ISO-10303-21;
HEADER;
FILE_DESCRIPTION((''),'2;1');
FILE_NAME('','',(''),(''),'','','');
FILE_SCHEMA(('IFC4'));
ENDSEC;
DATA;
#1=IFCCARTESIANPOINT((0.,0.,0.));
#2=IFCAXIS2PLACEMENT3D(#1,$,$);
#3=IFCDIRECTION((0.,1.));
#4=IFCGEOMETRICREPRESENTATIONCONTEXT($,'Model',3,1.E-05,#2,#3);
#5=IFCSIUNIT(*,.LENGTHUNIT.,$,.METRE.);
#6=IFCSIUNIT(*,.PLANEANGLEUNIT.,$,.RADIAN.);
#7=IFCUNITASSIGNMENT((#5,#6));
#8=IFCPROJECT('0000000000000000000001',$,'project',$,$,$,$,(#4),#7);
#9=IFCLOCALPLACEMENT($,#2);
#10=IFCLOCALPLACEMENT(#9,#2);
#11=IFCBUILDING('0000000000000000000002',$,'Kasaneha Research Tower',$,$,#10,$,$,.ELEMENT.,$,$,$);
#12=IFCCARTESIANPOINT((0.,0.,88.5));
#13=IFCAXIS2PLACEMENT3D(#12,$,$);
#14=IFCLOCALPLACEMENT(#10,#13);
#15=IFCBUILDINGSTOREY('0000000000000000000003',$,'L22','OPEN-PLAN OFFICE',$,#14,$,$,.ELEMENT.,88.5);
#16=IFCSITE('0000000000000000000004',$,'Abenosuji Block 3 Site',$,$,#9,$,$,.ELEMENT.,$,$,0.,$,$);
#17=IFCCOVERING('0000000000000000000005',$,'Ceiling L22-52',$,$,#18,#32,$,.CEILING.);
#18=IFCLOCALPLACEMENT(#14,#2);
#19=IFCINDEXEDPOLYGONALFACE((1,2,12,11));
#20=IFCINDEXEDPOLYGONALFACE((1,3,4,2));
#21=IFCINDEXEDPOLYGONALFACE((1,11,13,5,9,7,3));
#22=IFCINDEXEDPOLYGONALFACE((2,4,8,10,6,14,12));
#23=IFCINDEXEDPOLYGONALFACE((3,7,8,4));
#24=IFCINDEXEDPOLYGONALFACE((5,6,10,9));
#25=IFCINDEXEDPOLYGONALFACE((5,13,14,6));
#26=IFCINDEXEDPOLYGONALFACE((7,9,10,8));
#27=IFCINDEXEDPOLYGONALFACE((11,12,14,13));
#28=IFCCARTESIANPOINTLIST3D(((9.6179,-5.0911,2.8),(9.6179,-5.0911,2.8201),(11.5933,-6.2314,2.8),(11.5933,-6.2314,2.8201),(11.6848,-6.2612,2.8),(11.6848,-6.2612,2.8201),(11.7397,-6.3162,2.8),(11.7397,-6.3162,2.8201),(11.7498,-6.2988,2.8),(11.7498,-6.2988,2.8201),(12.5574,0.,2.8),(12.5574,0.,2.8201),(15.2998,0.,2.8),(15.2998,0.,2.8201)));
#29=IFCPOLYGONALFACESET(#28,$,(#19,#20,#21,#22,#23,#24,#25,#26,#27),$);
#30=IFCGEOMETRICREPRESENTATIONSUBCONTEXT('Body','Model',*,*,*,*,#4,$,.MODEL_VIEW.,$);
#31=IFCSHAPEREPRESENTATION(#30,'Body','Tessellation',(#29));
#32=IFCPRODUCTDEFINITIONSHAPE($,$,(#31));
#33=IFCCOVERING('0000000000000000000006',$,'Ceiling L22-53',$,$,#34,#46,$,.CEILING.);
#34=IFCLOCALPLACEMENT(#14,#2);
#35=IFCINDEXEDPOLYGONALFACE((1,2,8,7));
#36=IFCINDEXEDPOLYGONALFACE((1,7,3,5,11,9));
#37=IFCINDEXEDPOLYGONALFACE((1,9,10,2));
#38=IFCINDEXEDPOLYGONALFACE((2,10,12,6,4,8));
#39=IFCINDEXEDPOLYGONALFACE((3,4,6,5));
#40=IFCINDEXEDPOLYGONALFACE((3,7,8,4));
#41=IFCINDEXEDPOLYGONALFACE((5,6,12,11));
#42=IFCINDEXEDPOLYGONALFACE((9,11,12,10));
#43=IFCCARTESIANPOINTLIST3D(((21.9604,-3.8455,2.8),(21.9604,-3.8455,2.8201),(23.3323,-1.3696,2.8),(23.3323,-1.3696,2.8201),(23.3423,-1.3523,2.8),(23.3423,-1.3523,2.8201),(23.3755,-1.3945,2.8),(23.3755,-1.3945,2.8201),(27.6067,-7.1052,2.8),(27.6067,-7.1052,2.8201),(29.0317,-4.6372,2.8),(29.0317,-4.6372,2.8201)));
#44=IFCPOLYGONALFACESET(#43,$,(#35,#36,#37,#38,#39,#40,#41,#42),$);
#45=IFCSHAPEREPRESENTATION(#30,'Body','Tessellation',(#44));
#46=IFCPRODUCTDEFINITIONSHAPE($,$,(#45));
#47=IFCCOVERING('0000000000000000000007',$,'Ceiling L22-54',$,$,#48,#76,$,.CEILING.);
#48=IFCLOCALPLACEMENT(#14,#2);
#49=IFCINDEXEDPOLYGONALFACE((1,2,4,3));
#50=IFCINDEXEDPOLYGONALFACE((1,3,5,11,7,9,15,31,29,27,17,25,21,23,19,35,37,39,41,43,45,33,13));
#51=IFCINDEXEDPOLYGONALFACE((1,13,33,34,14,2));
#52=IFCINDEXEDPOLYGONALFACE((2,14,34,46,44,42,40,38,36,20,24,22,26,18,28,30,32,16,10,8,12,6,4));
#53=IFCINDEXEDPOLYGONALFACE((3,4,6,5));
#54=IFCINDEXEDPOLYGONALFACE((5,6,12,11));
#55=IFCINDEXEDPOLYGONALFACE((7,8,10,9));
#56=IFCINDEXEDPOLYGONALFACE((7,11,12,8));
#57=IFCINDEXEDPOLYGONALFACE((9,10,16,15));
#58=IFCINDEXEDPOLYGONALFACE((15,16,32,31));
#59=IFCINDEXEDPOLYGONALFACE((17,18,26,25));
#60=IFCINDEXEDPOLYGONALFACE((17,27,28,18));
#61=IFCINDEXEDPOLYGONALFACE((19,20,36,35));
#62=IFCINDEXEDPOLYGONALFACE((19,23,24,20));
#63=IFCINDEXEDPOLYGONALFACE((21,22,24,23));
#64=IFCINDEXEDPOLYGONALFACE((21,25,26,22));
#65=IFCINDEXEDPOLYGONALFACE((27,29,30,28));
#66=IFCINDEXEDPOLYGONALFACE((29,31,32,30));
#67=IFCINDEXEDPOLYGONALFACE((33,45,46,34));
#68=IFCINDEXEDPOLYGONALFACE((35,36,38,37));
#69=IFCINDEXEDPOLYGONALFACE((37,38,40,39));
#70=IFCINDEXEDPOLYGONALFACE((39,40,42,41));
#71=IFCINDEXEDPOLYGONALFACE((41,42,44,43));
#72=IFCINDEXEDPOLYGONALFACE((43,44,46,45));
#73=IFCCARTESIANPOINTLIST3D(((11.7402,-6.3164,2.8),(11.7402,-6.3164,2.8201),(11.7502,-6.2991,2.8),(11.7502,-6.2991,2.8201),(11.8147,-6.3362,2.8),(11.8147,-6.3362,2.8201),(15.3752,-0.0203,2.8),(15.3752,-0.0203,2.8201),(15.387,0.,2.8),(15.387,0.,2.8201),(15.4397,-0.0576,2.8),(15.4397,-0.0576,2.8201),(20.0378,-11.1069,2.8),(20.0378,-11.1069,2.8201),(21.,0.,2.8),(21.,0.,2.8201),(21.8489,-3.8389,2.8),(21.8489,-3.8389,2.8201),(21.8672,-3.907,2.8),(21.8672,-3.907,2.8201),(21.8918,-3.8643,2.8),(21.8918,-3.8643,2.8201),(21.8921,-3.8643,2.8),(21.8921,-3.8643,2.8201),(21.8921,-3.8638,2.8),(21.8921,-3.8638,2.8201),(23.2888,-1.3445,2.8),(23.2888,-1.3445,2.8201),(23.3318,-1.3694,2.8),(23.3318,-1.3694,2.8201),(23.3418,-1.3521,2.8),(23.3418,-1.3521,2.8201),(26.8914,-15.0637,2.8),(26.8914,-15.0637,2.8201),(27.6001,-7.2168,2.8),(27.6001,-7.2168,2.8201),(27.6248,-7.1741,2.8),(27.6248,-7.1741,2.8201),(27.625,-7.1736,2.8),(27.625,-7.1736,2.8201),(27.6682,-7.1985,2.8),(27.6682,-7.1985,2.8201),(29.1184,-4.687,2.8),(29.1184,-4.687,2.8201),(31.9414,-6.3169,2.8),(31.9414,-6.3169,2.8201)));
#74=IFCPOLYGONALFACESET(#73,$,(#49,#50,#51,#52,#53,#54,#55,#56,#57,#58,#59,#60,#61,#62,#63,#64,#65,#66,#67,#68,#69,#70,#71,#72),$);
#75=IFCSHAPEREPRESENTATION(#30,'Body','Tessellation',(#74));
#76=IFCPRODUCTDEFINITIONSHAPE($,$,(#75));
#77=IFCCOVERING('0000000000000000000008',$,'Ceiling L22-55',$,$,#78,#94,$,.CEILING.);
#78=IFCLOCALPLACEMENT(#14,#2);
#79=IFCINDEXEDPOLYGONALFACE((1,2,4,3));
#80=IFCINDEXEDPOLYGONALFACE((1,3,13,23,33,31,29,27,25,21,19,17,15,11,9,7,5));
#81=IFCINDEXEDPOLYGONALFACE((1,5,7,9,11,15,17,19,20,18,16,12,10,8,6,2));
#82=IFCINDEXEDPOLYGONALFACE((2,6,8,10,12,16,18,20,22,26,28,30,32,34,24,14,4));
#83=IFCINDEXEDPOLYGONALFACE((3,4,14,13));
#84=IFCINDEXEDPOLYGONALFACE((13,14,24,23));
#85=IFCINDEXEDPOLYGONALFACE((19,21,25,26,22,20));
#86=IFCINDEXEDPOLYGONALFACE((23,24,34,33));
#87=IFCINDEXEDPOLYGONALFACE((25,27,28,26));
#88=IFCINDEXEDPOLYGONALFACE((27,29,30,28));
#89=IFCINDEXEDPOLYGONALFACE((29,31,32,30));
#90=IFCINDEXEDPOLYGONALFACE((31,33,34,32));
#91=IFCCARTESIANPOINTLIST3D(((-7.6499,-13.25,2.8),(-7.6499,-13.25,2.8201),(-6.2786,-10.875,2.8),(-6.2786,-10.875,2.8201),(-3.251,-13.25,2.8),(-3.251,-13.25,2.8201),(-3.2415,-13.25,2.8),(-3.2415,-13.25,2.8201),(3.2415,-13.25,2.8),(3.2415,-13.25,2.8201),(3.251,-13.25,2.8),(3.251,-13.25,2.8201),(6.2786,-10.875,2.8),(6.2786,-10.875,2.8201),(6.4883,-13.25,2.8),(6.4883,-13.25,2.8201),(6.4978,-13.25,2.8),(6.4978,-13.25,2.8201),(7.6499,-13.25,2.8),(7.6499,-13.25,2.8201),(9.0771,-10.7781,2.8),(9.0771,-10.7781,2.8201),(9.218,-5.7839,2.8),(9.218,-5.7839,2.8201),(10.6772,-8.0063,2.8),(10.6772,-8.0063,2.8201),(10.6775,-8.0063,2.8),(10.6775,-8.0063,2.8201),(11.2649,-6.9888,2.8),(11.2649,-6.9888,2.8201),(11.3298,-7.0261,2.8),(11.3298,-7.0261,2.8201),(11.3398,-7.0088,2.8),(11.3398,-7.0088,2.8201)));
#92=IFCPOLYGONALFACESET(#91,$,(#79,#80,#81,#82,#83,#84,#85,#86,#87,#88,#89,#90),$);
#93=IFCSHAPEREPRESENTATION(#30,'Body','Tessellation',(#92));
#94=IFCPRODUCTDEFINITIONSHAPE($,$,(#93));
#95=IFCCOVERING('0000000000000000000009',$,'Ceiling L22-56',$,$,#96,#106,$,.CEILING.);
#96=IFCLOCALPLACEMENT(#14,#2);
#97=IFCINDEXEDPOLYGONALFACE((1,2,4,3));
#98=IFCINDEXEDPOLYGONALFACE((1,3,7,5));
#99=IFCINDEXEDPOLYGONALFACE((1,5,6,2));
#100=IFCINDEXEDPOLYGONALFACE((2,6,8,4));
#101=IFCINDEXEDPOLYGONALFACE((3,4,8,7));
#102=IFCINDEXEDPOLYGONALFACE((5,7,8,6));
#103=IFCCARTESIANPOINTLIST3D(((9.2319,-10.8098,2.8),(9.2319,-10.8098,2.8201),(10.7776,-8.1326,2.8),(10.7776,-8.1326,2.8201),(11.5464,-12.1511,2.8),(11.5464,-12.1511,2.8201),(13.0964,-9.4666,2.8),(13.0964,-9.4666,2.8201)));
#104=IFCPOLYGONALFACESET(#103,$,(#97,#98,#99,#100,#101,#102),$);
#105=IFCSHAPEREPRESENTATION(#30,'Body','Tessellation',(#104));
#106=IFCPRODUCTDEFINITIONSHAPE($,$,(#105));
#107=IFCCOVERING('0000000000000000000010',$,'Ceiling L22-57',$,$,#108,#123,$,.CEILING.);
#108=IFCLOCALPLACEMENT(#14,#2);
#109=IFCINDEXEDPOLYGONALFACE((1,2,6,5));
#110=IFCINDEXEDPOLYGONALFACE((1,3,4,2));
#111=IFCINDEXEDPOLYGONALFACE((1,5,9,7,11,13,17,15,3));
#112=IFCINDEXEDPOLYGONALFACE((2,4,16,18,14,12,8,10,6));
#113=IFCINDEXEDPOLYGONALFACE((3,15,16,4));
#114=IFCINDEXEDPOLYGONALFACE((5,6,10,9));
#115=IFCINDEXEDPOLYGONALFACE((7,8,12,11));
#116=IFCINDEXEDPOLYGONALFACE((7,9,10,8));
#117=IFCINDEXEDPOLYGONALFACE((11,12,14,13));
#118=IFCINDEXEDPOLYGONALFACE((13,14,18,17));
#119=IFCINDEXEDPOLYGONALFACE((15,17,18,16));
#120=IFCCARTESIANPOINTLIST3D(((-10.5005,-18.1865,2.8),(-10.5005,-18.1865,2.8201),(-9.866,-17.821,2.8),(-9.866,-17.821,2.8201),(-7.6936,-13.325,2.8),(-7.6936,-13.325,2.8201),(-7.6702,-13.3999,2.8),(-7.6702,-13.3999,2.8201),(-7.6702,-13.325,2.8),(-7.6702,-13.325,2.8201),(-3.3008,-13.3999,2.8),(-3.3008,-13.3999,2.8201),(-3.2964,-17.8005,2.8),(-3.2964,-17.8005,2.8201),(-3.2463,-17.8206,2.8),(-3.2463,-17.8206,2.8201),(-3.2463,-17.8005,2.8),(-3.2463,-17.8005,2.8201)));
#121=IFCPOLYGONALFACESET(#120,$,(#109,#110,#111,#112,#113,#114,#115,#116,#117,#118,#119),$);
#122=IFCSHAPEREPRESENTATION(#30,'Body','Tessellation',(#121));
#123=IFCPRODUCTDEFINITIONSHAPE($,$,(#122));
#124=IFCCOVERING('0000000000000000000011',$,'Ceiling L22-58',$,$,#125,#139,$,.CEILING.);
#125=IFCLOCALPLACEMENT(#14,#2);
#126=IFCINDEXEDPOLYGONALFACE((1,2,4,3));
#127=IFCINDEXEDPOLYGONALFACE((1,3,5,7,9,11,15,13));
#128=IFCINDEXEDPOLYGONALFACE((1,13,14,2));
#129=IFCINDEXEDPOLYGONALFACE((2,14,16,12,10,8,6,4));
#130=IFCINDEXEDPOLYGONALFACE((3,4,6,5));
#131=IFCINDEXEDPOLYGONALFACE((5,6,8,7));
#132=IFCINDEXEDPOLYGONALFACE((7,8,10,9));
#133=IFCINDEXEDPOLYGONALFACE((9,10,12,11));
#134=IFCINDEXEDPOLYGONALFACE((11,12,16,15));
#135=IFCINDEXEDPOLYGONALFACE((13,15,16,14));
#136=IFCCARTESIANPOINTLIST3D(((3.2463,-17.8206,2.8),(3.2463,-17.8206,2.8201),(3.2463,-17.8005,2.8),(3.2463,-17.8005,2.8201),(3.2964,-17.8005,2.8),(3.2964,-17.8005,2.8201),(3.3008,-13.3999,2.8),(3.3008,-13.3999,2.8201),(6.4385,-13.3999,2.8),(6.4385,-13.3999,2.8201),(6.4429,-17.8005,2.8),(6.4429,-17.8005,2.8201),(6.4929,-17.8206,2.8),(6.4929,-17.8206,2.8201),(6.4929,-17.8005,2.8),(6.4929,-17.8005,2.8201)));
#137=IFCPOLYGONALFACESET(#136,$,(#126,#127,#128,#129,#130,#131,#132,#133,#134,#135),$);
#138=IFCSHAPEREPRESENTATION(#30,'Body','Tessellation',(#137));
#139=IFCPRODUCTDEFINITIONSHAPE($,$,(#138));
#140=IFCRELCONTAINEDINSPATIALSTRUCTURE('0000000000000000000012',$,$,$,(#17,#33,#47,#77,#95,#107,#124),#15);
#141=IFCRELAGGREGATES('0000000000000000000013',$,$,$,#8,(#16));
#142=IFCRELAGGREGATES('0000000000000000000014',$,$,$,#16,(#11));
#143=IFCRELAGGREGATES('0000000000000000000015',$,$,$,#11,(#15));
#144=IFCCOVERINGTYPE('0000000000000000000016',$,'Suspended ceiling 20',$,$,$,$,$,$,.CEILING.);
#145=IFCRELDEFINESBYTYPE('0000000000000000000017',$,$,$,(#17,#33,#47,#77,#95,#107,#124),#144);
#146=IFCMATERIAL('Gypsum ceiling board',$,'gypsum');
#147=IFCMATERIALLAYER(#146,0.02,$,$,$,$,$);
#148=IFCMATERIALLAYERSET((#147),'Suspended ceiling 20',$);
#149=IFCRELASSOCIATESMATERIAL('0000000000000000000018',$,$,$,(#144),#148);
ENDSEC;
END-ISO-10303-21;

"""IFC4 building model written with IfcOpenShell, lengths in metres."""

from ifc_helpers import new_model, si_unit, direction, frame, origin, place, context, subcontext, project, spatial, polyline, outline, extrude, material, layer, layer_set, type_object, element, save


model = new_model("IFC4")

# Units and contexts
model_context = context("Model", 3, precision=1e-05, world=origin(), true_north=direction((0.0, 1.0)))
body_context = subcontext(model_context, "Body", "Model", "MODEL_VIEW")
ifc_project = project(units=[si_unit("LENGTHUNIT", "METRE"), si_unit("PLANEANGLEUNIT", "RADIAN")], contexts=[model_context])

# Site, building, storey
site_placement = place(None, origin())
site = spatial("IfcSite", under=ifc_project, at=site_placement, Name="Abenosuji Block 3 Site", CompositionType="ELEMENT", RefElevation=0.0)
building_placement = place(site_placement, origin())
building = spatial("IfcBuilding", under=site, at=building_placement, Name="Kasaneha Research Tower", CompositionType="ELEMENT")
storey_placement = place(building_placement, frame((0.0, 0.0, 88.5)))
storey = spatial("IfcBuildingStorey", under=building, at=storey_placement, Name="L22", Description="OPEN-PLAN OFFICE", CompositionType="ELEMENT", Elevation=88.5)

# Coverings
ifc_material_1 = material(Name="Gypsum ceiling board", Category="gypsum")
ifc_layer_1 = layer(ifc_material_1, 0.02)
ifc_layer_set_1 = layer_set([ifc_layer_1], Name="Suspended ceiling 20")
covering_type_1 = type_object("IfcCoveringType", Name="Suspended ceiling 20", PredefinedType="CEILING", material=ifc_layer_set_1)
covering_1_placement = place(storey_placement, frame((0.0, 0.0, 2.8)))
element("IfcCovering", 1, at=covering_1_placement, inside=storey, type_object=covering_type_1, Name="Ceiling L22-52", PredefinedType="CEILING", context=body_context, shape_type="SweptSolid", body=[
    extrude(outline(polyline([(9.6179, -5.0911), (12.5574, 0.0), (15.2998, 0.0), (11.6848, -6.2612), (11.7498, -6.2988), (11.7397, -6.3162), (11.5933, -6.2314), (9.6179, -5.0911)])), origin(), (0.0, 0.0, 1.0), 0.02),
])
covering_2_placement = place(storey_placement, frame((0.0, 0.0, 2.8)))
element("IfcCovering", 2, at=covering_2_placement, inside=storey, type_object=covering_type_1, Name="Ceiling L22-53", PredefinedType="CEILING", context=body_context, shape_type="SweptSolid", body=[
    extrude(outline(polyline([(29.0317, -4.6372), (27.6067, -7.1052), (21.9604, -3.8455), (23.3755, -1.3945), (23.3323, -1.3696), (23.3423, -1.3523), (29.0317, -4.6372)])), origin(), (0.0, 0.0, 1.0), 0.02),
])
covering_3_placement = place(storey_placement, frame((0.0, 0.0, 2.8)))
element("IfcCovering", 3, at=covering_3_placement, inside=storey, type_object=covering_type_1, Name="Ceiling L22-54", PredefinedType="CEILING", context=body_context, shape_type="SweptSolid", body=[
    extrude(outline(polyline([(21.0, 0.0), (23.3418, -1.3521), (23.3318, -1.3694), (23.2888, -1.3445), (21.8489, -3.8389), (21.8921, -3.8638), (21.8918, -3.8643), (21.8921, -3.8643), (21.8672, -3.907), (27.6001, -7.2168), (27.6248, -7.1741), (27.6248, -7.1741), (27.625, -7.1736), (27.6682, -7.1985), (29.1184, -4.687), (31.9414, -6.3169), (26.8914, -15.0637), (20.0378, -11.1069), (11.7402, -6.3164), (11.7502, -6.2991), (11.8147, -6.3362), (15.4397, -0.0576), (15.3752, -0.0203), (15.387, 0.0), (21.0, 0.0)])), origin(), (0.0, 0.0, 1.0), 0.02),
])
covering_4_placement = place(storey_placement, frame((0.0, 0.0, 2.8)))
element("IfcCovering", 4, at=covering_4_placement, inside=storey, type_object=covering_type_1, Name="Ceiling L22-55", PredefinedType="CEILING", context=body_context, shape_type="SweptSolid", body=[
    extrude(outline(polyline([(-6.2786, -10.875), (6.2786, -10.875), (9.218, -5.7839), (11.3398, -7.0088), (11.3298, -7.0261), (11.2649, -6.9888), (10.6775, -8.0063), (10.6772, -8.0063), (9.0771, -10.7781), (9.0771, -10.7781), (7.6499, -13.25), (6.4978, -13.25), (6.4883, -13.25), (3.251, -13.25), (3.2415, -13.25), (-3.2415, -13.25), (-3.251, -13.25), (-7.6499, -13.25), (-7.6499, -13.25), (-6.2786, -10.875)])), origin(), (0.0, 0.0, 1.0), 0.02),
])
covering_5_placement = place(storey_placement, frame((0.0, 0.0, 2.8)))
element("IfcCovering", 5, at=covering_5_placement, inside=storey, type_object=covering_type_1, Name="Ceiling L22-56", PredefinedType="CEILING", context=body_context, shape_type="SweptSolid", body=[
    extrude(outline(polyline([(9.2319, -10.8098), (10.7776, -8.1326), (13.0964, -9.4666), (11.5464, -12.1511), (9.2319, -10.8098)])), origin(), (0.0, 0.0, 1.0), 0.02),
])
covering_6_placement = place(storey_placement, frame((0.0, 0.0, 2.8)))
element("IfcCovering", 6, at=covering_6_placement, inside=storey, type_object=covering_type_1, Name="Ceiling L22-57", PredefinedType="CEILING", context=body_context, shape_type="SweptSolid", body=[
    extrude(outline(polyline([(-10.5005, -18.1865), (-7.6936, -13.325), (-7.6702, -13.325), (-7.6702, -13.3999), (-3.3008, -13.3999), (-3.2964, -17.8005), (-3.2463, -17.8005), (-3.2463, -17.8206), (-9.866, -17.821), (-10.5005, -18.1865)])), origin(), (0.0, 0.0, 1.0), 0.02),
])
covering_7_placement = place(storey_placement, frame((0.0, 0.0, 2.8)))
element("IfcCovering", 7, at=covering_7_placement, inside=storey, type_object=covering_type_1, Name="Ceiling L22-58", PredefinedType="CEILING", context=body_context, shape_type="SweptSolid", body=[
    extrude(outline(polyline([(3.2463, -17.8005), (3.2964, -17.8005), (3.3008, -13.3999), (6.4385, -13.3999), (6.4429, -17.8005), (6.4929, -17.8005), (6.4929, -17.8206), (3.2463, -17.8206), (3.2463, -17.8005)])), origin(), (0.0, 0.0, 1.0), 0.02),
])

save(model, "model.ifc")
